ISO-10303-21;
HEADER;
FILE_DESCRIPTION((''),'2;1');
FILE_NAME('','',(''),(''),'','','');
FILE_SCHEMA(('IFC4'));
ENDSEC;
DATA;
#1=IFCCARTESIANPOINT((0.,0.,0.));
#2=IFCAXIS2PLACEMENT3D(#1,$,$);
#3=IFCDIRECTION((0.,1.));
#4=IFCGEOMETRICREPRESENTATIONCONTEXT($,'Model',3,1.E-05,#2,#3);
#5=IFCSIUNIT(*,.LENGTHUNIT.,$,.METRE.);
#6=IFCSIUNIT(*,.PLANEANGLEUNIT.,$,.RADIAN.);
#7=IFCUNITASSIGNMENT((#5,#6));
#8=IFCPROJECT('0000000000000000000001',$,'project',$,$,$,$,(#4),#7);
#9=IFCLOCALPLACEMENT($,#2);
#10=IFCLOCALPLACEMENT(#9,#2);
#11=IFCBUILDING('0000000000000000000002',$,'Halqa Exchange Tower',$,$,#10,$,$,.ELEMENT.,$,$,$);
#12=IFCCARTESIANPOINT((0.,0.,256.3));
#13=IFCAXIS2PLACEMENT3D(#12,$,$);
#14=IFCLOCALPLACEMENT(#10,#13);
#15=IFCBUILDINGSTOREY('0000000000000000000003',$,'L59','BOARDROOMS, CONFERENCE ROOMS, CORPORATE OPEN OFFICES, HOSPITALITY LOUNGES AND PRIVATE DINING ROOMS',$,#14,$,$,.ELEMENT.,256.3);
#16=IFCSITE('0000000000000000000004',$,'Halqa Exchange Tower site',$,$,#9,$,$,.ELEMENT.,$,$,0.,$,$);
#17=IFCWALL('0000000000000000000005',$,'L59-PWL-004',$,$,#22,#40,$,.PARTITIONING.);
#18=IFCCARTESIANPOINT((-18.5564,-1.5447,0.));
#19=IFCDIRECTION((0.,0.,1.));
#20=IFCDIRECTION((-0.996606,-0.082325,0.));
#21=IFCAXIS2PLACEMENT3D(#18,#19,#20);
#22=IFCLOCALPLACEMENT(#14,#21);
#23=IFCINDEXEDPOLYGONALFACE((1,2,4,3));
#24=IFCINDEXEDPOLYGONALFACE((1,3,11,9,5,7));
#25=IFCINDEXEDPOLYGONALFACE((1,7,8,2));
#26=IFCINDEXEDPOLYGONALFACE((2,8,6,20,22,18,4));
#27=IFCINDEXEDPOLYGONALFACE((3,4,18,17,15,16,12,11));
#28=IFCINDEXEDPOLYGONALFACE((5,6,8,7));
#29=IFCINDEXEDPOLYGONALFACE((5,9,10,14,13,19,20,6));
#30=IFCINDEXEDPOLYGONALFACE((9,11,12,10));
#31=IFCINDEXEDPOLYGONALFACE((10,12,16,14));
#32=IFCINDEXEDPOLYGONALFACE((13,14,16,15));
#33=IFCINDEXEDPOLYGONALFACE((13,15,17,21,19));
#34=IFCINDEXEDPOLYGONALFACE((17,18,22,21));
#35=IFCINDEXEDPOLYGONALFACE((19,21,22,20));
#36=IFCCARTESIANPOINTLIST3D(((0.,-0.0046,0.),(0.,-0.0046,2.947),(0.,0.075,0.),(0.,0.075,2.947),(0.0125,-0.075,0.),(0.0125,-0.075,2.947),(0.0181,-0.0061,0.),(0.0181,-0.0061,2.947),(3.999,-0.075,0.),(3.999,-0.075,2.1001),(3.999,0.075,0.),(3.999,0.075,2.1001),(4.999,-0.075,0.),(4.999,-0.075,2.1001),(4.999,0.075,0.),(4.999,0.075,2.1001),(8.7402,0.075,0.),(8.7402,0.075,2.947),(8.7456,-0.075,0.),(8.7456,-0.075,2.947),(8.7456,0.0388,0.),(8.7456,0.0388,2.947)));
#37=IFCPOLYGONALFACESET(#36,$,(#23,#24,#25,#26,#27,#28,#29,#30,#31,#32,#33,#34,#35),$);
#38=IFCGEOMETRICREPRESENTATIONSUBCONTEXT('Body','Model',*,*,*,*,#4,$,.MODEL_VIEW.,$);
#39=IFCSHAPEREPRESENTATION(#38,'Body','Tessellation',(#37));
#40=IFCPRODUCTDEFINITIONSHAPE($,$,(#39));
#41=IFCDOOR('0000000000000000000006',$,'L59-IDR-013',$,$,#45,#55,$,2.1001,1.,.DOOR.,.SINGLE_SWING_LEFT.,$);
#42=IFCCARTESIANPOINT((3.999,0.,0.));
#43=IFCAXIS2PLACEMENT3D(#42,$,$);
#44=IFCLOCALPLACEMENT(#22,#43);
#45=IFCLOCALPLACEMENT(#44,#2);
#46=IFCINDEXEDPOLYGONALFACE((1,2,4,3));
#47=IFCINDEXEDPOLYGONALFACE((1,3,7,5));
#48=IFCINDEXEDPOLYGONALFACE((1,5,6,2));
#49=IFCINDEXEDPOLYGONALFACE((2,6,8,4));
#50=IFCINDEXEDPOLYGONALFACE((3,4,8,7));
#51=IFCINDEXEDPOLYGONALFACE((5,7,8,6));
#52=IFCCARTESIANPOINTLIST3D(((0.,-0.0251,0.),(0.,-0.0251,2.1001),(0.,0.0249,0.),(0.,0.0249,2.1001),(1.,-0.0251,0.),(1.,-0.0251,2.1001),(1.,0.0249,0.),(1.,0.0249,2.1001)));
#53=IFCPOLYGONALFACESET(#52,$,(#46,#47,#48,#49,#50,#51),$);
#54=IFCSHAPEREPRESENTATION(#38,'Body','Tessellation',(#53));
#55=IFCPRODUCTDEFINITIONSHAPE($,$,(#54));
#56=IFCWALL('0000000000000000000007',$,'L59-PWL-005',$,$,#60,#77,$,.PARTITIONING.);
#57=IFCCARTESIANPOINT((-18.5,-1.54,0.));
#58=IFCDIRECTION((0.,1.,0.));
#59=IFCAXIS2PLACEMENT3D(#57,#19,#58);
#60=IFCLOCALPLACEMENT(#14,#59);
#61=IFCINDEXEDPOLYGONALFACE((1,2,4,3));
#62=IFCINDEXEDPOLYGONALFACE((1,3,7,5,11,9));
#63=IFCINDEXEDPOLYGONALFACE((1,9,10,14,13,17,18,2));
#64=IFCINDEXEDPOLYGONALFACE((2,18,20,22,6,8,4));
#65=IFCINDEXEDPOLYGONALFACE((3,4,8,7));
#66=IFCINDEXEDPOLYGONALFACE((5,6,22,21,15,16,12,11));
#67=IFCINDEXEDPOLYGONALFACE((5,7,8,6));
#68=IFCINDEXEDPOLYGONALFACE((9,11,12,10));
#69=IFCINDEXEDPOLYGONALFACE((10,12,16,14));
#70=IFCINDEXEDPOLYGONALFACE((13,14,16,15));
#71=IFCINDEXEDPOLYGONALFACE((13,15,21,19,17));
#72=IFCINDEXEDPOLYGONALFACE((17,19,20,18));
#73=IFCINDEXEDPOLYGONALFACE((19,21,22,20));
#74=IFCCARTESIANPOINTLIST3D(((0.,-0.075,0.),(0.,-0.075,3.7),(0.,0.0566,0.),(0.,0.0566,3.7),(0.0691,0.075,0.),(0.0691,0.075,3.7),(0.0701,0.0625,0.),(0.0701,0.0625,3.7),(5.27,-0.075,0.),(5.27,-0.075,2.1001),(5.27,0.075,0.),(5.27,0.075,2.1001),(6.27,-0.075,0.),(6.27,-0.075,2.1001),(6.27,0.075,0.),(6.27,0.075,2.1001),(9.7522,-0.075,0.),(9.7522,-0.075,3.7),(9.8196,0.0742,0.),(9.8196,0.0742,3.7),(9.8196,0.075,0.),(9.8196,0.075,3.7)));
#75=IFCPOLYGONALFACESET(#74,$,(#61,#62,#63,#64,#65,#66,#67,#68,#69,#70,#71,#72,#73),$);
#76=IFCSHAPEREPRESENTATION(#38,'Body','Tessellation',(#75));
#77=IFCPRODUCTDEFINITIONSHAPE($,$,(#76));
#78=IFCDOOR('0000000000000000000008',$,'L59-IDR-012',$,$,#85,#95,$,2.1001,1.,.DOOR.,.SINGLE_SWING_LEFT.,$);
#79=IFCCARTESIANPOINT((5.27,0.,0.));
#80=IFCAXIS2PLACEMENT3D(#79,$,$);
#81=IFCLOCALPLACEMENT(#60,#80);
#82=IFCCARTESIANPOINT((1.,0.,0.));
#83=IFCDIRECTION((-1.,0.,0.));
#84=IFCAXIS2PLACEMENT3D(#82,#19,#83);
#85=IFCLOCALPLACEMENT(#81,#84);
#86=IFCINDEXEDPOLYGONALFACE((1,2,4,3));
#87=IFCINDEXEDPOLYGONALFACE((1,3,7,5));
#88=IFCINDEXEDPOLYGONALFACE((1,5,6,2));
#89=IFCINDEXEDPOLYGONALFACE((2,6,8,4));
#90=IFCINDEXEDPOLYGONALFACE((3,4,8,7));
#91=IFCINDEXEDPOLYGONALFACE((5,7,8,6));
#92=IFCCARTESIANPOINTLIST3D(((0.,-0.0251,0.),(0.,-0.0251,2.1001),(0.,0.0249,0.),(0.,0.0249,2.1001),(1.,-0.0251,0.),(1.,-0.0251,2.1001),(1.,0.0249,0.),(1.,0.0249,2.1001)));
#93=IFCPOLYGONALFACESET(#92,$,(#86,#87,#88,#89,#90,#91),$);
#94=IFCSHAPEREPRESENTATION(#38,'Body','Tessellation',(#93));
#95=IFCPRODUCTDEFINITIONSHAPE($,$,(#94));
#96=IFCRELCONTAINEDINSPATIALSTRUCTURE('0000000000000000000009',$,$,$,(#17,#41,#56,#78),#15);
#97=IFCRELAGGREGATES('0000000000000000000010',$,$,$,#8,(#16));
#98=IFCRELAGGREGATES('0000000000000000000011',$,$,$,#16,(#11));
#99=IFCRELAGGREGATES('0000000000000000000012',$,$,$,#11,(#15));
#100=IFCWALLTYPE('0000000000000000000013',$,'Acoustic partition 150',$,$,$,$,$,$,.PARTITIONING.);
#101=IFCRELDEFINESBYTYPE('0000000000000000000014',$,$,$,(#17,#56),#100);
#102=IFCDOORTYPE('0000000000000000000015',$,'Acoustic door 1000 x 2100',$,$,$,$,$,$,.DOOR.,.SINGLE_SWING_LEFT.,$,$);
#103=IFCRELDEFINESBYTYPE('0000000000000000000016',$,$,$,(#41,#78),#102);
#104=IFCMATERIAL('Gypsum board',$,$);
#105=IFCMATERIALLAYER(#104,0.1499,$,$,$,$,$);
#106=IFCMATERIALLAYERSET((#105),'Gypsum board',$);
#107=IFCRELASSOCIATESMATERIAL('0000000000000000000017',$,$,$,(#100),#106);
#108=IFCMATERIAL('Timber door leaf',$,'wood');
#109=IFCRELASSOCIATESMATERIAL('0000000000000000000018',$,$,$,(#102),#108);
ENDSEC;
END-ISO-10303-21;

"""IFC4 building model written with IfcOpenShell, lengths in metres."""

from ifc_helpers import new_model, si_unit, direction, frame, frame_2d, origin, place, context, subcontext, project, spatial, polyline, rectangle, outline, extrude, material, layer, layer_set, type_object, element, fill, save


model = new_model("IFC4")

# Units and contexts
model_context = context("Model", 3, precision=1e-05, world=origin(), true_north=direction((0.0, 1.0)))
body_context = subcontext(model_context, "Body", "Model", "MODEL_VIEW")
ifc_project = project(units=[si_unit("LENGTHUNIT", "METRE"), si_unit("PLANEANGLEUNIT", "RADIAN")], contexts=[model_context])

# Site, building, storey
site_placement = place(None, origin())
site = spatial("IfcSite", under=ifc_project, at=site_placement, Name="Halqa Exchange Tower site", CompositionType="ELEMENT", RefElevation=0.0)
building_placement = place(site_placement, origin())
building = spatial("IfcBuilding", under=site, at=building_placement, Name="Halqa Exchange Tower", CompositionType="ELEMENT")
storey_placement = place(building_placement, frame((0.0, 0.0, 256.3)))
storey = spatial("IfcBuildingStorey", under=building, at=storey_placement, Name="L59", Description="BOARDROOMS, CONFERENCE ROOMS, CORPORATE OPEN OFFICES, HOSPITALITY LOUNGES AND PRIVATE DINING ROOMS", CompositionType="ELEMENT", Elevation=256.3)

# Walls, openings, doors
ifc_material_1 = material(Name="Gypsum board")
ifc_layer_1 = layer(ifc_material_1, 0.1499)
ifc_layer_set_1 = layer_set([ifc_layer_1], Name="Gypsum board")
wall_type_1 = type_object("IfcWallType", Name="Acoustic partition 150", PredefinedType="PARTITIONING", material=ifc_layer_set_1)
wall_1_placement = place(storey_placement, frame((-18.5564, -1.5447, 0.0), z_axis=(0.0, 0.0, 1.0), x_axis=(-0.996606, -0.082325, 0.0)))
wall_1 = element("IfcWall", 1, at=wall_1_placement, inside=storey, type_object=wall_type_1, Name="L59-PWL-004", PredefinedType="PARTITIONING", context=body_context, shape_type="SweptSolid", body=[
    extrude(outline(polyline([(8.7456, -0.075), (8.7456, 0.0388), (8.7402, 0.075), (6.9922, 0.075), (5.2441, 0.075), (3.4961, 0.075), (1.748, 0.075), (0.0, 0.075), (0.0, -0.0046), (0.0181, -0.0061), (0.0125, -0.075), (1.759, -0.075), (3.5056, -0.075), (5.2524, -0.075), (6.999, -0.075), (8.7456, -0.075)])), origin(), (0.0, 0.0, 1.0), 2.947),
])
opening_1_placement = place(wall_1_placement, frame((3.999, 0.0, 0.0)))
opening_1 = element("IfcOpeningElement", 2, at=opening_1_placement, cuts=wall_1, PredefinedType="OPENING", context=body_context, shape_type="SweptSolid", body=[
    extrude(rectangle(XDim=1.0, YDim=2.1001, at=frame_2d((0.5, 1.05))), frame((0.0, 0.0869, 0.0), z_axis=(0.0, -1.0, 0.0), x_axis=(1.0, 0.0, 0.0)), (0.0, 0.0, 1.0), 0.1738),
])
ifc_material_2 = material(Name="Timber door leaf", Category="wood")
door_type_1 = type_object("IfcDoorType", Name="Acoustic door 1000 x 2100", OperationType="SINGLE_SWING_LEFT", PredefinedType="DOOR", material=ifc_material_2)
door_1_placement = place(opening_1_placement, origin())
door_1 = element("IfcDoor", 3, at=door_1_placement, inside=storey, type_object=door_type_1, Name="L59-IDR-013", OperationType="SINGLE_SWING_LEFT", OverallHeight=2.1001, OverallWidth=1.0, PredefinedType="DOOR", context=body_context, shape_type="SweptSolid", body=[
    extrude(rectangle(XDim=1.0, YDim=2.1001, at=frame_2d((0.5, 1.05))), frame((0.0, 0.0249, 0.0), z_axis=(0.0, -1.0, 0.0), x_axis=(1.0, 0.0, 0.0)), (0.0, 0.0, 1.0), 0.05),
])
fill(opening_1, door_1)
wall_2_placement = place(storey_placement, frame((-18.5, -1.54, 0.0), z_axis=(0.0, 0.0, 1.0), x_axis=(0.0, 1.0, 0.0)))
wall_2 = element("IfcWall", 4, at=wall_2_placement, inside=storey, type_object=wall_type_1, Name="L59-PWL-005", PredefinedType="PARTITIONING", context=body_context, shape_type="SweptSolid", body=[
    extrude(outline(polyline([(0.0, -0.075), (1.9504, -0.075), (3.9009, -0.075), (5.8513, -0.075), (7.8018, -0.075), (9.7522, -0.075), (9.8196, 0.0742), (9.8196, 0.075), (7.8694, 0.075), (5.9194, 0.075), (3.9692, 0.075), (2.0193, 0.075), (0.0691, 0.075), (0.0701, 0.0625), (0.0, 0.0566), (0.0, 0.05), (0.0, 0.05), (0.0, -0.05), (0.0, -0.05), (0.0, -0.075)])), origin(), (0.0, 0.0, 1.0), 3.7),
])
opening_2_placement = place(wall_2_placement, frame((5.27, 0.0, 0.0)))
opening_2 = element("IfcOpeningElement", 5, at=opening_2_placement, cuts=wall_2, PredefinedType="OPENING", context=body_context, shape_type="SweptSolid", body=[
    extrude(rectangle(XDim=1.0, YDim=2.1001, at=frame_2d((0.5, 1.05))), frame((0.0, 0.0869, 0.0), z_axis=(0.0, -1.0, 0.0), x_axis=(1.0, 0.0, 0.0)), (0.0, 0.0, 1.0), 0.1738),
])
door_2_placement = place(opening_2_placement, frame((1.0, 0.0, 0.0), z_axis=(0.0, 0.0, 1.0), x_axis=(-1.0, 0.0, 0.0)))
door_2 = element("IfcDoor", 6, at=door_2_placement, inside=storey, type_object=door_type_1, Name="L59-IDR-012", OperationType="SINGLE_SWING_LEFT", OverallHeight=2.1001, OverallWidth=1.0, PredefinedType="DOOR", context=body_context, shape_type="SweptSolid", body=[
    extrude(rectangle(XDim=1.0, YDim=2.1001, at=frame_2d((0.5, 1.05))), frame((0.0, 0.0249, 0.0), z_axis=(0.0, -1.0, 0.0), x_axis=(1.0, 0.0, 0.0)), (0.0, 0.0, 1.0), 0.05),
])
fill(opening_2, door_2)

save(model, "model.ifc")
